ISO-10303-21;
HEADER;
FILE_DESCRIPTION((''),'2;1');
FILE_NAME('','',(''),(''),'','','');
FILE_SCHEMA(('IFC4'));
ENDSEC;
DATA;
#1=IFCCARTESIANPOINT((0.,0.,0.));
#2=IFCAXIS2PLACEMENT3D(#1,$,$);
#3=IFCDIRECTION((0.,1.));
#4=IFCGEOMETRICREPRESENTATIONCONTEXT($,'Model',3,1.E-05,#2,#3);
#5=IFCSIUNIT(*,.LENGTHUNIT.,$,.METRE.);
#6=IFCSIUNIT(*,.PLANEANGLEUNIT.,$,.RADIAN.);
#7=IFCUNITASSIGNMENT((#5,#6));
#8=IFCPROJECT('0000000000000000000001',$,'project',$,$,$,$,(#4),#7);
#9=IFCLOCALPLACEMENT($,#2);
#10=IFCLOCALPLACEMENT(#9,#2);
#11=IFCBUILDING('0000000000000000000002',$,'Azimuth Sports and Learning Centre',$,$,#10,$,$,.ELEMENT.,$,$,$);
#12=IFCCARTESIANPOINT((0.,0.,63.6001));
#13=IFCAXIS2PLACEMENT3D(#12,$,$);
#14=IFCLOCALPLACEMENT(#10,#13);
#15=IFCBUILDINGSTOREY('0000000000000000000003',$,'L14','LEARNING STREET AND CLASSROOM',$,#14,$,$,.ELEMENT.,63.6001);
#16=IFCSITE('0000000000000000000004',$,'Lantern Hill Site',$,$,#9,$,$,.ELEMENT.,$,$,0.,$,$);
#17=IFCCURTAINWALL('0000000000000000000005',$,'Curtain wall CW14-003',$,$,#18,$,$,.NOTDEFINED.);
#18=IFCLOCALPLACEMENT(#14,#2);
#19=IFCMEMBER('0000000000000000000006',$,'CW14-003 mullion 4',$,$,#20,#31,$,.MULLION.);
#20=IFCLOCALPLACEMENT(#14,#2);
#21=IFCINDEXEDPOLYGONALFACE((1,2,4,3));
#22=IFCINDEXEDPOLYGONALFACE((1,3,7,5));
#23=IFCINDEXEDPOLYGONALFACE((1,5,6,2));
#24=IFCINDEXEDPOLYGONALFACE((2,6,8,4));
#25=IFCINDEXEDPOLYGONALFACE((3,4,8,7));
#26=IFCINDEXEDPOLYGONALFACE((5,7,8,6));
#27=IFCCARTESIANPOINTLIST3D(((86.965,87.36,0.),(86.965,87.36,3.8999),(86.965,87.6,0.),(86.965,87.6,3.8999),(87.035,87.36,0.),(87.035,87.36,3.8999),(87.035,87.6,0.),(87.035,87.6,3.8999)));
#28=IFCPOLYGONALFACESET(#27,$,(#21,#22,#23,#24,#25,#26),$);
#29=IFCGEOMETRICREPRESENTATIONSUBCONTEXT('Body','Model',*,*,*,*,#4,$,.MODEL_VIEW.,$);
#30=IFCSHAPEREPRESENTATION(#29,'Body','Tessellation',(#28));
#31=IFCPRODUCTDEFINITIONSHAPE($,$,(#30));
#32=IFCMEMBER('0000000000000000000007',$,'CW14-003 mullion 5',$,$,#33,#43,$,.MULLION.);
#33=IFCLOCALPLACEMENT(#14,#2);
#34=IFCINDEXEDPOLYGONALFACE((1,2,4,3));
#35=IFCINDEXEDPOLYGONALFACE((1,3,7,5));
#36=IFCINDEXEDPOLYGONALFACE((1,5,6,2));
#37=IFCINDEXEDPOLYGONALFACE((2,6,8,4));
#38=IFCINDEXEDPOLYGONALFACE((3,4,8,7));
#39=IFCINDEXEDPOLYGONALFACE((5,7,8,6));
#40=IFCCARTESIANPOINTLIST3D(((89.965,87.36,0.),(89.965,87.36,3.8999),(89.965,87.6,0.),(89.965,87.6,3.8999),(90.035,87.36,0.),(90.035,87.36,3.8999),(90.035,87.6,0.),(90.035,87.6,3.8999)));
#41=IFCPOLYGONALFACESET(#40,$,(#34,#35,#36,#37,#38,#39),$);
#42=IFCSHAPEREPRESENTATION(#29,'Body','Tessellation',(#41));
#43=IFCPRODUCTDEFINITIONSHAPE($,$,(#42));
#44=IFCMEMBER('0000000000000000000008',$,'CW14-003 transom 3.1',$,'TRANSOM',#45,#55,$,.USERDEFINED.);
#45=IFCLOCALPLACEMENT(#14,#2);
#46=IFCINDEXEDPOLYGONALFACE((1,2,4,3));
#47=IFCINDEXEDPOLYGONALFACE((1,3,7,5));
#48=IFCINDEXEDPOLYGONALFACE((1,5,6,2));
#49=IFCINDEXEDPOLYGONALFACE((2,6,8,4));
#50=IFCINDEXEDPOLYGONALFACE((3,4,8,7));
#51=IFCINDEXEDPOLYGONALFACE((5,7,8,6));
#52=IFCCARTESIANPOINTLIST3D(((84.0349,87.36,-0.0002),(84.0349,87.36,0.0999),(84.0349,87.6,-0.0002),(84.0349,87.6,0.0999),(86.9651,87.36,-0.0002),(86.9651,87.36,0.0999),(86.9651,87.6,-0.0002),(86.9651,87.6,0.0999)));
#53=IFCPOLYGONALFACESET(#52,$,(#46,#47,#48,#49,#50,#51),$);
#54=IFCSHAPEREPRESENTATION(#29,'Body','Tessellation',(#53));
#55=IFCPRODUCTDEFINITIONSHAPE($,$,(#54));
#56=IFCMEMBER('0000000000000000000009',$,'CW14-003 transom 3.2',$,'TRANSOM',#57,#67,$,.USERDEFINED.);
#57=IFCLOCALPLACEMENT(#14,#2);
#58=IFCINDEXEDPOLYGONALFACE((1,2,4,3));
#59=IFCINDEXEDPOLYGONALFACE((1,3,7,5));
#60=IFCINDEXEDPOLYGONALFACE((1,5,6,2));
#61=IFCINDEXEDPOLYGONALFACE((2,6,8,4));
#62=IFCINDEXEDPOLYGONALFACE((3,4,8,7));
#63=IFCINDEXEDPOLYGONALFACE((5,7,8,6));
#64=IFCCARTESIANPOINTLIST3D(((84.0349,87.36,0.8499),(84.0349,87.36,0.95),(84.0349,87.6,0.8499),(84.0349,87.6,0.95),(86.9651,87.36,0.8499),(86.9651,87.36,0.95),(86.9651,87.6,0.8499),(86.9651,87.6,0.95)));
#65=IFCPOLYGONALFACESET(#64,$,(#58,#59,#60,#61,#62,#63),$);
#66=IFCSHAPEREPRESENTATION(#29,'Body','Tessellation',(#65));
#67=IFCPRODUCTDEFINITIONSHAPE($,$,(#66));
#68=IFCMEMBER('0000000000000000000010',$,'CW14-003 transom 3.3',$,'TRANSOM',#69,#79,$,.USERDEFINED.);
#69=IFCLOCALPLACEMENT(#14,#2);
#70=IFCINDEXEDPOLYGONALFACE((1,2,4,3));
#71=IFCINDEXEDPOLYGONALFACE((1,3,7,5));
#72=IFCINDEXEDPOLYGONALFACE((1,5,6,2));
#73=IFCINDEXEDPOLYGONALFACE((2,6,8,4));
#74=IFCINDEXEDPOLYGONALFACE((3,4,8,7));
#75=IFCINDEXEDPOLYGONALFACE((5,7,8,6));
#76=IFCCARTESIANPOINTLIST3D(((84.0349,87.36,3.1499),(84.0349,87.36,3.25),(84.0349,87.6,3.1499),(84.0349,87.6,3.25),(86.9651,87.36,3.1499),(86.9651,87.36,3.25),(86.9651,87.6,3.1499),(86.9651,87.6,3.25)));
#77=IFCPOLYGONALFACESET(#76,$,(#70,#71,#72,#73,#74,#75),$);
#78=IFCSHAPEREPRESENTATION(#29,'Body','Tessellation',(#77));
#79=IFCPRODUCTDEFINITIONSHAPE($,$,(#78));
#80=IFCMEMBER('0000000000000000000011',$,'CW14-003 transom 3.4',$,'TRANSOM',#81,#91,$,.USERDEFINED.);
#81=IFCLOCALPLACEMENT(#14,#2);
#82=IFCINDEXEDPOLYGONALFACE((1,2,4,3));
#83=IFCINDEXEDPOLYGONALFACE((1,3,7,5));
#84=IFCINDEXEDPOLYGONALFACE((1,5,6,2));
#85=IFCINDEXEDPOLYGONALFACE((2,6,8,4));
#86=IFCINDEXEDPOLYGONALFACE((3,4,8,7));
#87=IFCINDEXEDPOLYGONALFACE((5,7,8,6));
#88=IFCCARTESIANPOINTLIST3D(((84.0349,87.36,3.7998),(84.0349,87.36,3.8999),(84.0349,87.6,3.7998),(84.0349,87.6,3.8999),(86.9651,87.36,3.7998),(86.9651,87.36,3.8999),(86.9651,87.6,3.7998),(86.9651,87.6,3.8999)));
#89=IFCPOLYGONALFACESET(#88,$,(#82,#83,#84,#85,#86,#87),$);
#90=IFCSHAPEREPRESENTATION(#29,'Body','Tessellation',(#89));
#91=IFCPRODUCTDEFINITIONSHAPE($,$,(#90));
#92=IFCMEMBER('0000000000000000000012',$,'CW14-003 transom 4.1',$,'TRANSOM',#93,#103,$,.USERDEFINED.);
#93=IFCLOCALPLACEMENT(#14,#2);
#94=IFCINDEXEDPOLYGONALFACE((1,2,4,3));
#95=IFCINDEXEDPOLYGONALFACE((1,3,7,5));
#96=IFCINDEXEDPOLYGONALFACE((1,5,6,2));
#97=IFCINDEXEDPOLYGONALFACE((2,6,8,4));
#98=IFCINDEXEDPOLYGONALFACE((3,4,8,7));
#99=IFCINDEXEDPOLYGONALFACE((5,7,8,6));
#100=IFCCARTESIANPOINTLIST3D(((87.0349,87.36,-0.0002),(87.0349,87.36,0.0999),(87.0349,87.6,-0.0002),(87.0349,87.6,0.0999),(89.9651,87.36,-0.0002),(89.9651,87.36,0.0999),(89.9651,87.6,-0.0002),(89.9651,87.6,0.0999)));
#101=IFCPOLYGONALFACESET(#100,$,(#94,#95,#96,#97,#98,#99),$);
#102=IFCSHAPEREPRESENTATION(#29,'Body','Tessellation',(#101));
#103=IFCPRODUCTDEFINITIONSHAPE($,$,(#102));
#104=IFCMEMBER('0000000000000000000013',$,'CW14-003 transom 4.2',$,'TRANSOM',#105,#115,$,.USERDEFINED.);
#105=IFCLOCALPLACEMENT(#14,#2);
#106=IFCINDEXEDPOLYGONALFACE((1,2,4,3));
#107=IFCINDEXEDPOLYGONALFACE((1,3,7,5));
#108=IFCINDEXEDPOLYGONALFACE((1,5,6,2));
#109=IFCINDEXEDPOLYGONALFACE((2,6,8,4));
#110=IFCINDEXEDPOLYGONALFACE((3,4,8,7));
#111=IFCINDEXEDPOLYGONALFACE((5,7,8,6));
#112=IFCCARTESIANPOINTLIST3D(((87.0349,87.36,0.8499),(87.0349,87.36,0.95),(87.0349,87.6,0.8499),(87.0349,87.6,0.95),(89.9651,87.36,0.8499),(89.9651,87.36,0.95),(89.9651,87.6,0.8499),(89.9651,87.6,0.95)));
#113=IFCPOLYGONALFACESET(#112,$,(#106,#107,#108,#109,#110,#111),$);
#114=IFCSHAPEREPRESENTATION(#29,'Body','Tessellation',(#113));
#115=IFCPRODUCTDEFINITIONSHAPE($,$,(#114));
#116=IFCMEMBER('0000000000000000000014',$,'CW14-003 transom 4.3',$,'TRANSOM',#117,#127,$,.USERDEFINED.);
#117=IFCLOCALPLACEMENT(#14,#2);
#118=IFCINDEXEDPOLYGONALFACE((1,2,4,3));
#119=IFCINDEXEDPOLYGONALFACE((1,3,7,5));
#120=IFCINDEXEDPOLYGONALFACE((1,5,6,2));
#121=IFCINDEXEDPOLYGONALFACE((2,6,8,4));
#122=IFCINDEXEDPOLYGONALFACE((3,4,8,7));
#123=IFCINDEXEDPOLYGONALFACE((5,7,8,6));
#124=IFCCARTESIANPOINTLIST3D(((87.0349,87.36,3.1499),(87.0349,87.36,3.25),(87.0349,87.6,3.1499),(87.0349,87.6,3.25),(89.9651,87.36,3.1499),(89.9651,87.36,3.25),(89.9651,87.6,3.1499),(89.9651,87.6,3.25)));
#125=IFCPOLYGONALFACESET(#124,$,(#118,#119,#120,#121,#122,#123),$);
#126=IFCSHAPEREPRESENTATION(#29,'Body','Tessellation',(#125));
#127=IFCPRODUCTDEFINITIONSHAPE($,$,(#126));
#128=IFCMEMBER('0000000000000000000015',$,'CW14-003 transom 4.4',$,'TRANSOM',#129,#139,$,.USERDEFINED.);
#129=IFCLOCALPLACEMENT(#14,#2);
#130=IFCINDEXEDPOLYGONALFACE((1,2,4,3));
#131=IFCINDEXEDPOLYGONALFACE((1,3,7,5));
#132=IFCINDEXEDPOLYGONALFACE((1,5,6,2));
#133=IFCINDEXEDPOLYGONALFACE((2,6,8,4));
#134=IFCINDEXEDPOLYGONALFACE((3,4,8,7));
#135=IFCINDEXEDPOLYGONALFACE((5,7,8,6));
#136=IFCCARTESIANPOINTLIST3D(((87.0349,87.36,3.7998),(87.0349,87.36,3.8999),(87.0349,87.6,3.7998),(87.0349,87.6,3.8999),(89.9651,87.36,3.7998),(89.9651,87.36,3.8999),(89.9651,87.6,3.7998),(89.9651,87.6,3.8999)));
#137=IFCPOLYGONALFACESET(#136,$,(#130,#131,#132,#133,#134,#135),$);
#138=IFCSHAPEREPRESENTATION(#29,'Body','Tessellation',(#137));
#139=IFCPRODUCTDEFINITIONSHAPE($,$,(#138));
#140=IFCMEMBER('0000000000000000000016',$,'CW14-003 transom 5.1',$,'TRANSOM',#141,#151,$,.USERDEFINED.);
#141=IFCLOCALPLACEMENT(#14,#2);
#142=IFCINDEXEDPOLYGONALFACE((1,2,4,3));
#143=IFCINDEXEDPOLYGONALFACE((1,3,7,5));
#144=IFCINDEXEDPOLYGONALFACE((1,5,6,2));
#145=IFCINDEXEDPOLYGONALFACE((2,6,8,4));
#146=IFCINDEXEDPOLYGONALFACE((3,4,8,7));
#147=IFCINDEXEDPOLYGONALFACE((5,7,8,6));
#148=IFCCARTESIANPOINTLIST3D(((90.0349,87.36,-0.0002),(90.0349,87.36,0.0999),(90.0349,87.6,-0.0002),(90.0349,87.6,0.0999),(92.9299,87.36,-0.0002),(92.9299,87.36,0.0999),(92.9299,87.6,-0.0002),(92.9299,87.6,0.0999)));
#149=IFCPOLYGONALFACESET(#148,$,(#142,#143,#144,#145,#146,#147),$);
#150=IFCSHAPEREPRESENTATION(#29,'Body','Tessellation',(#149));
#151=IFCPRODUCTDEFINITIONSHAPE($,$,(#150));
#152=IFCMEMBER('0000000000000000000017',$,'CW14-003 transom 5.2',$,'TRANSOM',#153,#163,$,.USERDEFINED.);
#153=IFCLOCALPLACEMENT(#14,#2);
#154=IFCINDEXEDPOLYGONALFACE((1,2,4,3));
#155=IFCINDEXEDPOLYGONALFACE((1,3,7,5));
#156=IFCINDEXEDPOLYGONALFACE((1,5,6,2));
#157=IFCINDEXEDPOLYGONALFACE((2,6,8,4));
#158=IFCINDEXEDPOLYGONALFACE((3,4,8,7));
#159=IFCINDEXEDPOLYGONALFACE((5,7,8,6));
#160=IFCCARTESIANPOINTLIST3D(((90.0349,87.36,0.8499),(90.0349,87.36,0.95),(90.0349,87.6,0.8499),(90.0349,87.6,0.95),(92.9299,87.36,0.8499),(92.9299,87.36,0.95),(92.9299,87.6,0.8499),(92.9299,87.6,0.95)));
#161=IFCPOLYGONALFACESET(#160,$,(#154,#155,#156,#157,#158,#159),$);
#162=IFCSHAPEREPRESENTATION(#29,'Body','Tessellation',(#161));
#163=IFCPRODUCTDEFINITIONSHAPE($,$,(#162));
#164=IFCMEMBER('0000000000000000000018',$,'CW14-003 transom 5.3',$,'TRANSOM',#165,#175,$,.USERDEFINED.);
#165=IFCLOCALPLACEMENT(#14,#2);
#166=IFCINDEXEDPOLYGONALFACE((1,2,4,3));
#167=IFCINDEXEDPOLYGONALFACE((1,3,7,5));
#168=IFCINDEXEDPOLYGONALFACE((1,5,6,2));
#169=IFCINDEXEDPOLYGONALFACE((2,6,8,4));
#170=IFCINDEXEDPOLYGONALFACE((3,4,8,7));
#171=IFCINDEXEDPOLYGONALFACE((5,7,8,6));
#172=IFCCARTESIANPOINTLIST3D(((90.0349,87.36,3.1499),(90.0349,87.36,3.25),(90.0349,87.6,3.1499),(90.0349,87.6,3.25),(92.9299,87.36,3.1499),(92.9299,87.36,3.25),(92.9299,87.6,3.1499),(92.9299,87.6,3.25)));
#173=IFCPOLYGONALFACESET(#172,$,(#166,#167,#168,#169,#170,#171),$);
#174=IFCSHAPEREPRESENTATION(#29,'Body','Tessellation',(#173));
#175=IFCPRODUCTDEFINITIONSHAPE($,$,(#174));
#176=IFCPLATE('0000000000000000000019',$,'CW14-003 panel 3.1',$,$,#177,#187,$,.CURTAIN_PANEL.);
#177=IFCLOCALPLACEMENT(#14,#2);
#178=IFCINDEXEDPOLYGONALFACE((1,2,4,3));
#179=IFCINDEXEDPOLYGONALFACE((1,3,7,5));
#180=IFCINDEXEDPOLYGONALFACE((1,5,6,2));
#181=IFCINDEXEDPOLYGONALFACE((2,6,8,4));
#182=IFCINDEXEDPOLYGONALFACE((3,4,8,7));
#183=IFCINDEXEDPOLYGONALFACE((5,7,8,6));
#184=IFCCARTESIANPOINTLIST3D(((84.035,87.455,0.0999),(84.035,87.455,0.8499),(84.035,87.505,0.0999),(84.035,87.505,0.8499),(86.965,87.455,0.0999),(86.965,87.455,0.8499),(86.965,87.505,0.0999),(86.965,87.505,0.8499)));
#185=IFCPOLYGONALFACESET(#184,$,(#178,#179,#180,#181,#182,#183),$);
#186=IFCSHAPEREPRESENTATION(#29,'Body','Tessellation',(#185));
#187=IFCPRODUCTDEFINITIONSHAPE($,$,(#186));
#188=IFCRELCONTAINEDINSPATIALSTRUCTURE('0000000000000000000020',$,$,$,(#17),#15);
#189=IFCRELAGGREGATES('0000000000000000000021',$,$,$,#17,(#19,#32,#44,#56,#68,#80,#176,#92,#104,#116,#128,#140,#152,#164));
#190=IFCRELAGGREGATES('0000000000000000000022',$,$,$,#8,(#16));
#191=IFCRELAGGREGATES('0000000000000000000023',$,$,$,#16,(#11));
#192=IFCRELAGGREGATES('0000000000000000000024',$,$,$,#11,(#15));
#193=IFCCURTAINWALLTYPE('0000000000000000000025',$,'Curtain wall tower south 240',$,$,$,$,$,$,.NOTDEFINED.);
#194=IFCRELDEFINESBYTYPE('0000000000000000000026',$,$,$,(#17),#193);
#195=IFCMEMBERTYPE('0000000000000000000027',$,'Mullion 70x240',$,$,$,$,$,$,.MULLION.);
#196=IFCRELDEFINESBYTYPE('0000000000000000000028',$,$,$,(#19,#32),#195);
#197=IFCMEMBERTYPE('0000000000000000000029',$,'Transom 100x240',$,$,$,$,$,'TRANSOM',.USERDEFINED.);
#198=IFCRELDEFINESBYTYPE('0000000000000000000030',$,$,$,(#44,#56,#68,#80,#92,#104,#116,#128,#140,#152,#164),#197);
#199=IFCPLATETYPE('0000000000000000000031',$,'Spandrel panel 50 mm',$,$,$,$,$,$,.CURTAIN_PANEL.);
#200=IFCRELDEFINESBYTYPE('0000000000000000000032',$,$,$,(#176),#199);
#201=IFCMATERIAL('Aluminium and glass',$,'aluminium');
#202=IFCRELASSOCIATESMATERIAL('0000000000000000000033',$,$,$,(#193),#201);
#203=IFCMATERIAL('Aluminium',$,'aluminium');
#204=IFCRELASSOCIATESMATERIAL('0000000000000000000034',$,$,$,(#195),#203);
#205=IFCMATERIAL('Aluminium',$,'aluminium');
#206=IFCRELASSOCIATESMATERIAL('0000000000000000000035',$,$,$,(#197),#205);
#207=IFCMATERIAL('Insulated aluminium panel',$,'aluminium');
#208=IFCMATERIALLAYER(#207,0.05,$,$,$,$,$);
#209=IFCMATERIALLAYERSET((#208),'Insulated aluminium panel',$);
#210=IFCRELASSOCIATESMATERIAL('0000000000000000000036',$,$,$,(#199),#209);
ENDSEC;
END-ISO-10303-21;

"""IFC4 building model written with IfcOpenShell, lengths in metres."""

from ifc_helpers import new_model, si_unit, direction, frame, origin, origin_2d, place, context, subcontext, project, spatial, rectangle, extrude, material, layer, layer_set, material_profile, profile_set, type_object, element, aggregate, save


model = new_model("IFC4")

# Units and contexts
model_context = context("Model", 3, precision=1e-05, world=origin(), true_north=direction((0.0, 1.0)))
body_context = subcontext(model_context, "Body", "Model", "MODEL_VIEW")
ifc_project = project(units=[si_unit("LENGTHUNIT", "METRE"), si_unit("PLANEANGLEUNIT", "RADIAN")], contexts=[model_context])

# Site, building, storey
site_placement = place(None, origin())
site = spatial("IfcSite", under=ifc_project, at=site_placement, Name="Lantern Hill Site", CompositionType="ELEMENT", RefElevation=0.0)
building_placement = place(site_placement, origin())
building = spatial("IfcBuilding", under=site, at=building_placement, Name="Azimuth Sports and Learning Centre", CompositionType="ELEMENT")
storey_placement = place(building_placement, frame((0.0, 0.0, 63.6001)))
storey = spatial("IfcBuildingStorey", under=building, at=storey_placement, Name="L14", Description="LEARNING STREET AND CLASSROOM", CompositionType="ELEMENT", Elevation=63.6001)

# Curtain wall, members, plate
ifc_material_1 = material(Name="Aluminium and glass", Category="aluminium")
curtain_wall_type = type_object("IfcCurtainWallType", Name="Curtain wall tower south 240", PredefinedType="NOTDEFINED", material=ifc_material_1)
curtain_wall_placement = place(storey_placement, origin())
curtain_wall = element("IfcCurtainWall", 1, at=curtain_wall_placement, inside=storey, type_object=curtain_wall_type, Name="Curtain wall CW14-003", PredefinedType="NOTDEFINED")
ifc_material_2 = material(Name="Aluminium", Category="aluminium")
ifc_material_profile_1 = material_profile(ifc_material_2, rectangle(XDim=0.24, YDim=0.0701, at=origin_2d()), Name="Mullion 70x240")
ifc_profile_set_1 = profile_set([ifc_material_profile_1], Name="Aluminium")
member_type_1 = type_object("IfcMemberType", Name="Mullion 70x240", PredefinedType="MULLION", material=ifc_profile_set_1)
member_1_placement = place(storey_placement, frame((87.0, 87.48, 0.0), z_axis=(0.0, 0.0, 1.0), x_axis=(0.0, 1.0, 0.0)))
member_1 = element("IfcMember", 2, at=member_1_placement, type_object=member_type_1, Name="CW14-003 mullion 4", PredefinedType="MULLION", context=body_context, shape_type="SweptSolid", body=[
    extrude(rectangle(XDim=0.24, YDim=0.0701, at=origin_2d()), origin(), (0.0, 0.0, 1.0), 3.8999),
])
member_2_placement = place(storey_placement, frame((90.0, 87.48, 0.0), z_axis=(0.0, 0.0, 1.0), x_axis=(0.0, 1.0, 0.0)))
member_2 = element("IfcMember", 3, at=member_2_placement, type_object=member_type_1, Name="CW14-003 mullion 5", PredefinedType="MULLION", context=body_context, shape_type="SweptSolid", body=[
    extrude(rectangle(XDim=0.24, YDim=0.0701, at=origin_2d()), origin(), (0.0, 0.0, 1.0), 3.8999),
])
ifc_material_3 = material(Name="Aluminium", Category="aluminium")
ifc_material_profile_2 = material_profile(ifc_material_3, rectangle(XDim=0.24, YDim=0.1001, at=origin_2d()), Name="Transom 100x240")
ifc_profile_set_2 = profile_set([ifc_material_profile_2], Name="Aluminium")
member_type_2 = type_object("IfcMemberType", Name="Transom 100x240", ElementType="TRANSOM", PredefinedType="USERDEFINED", material=ifc_profile_set_2)
member_3_placement = place(storey_placement, frame((84.0349, 87.48, 0.0498), z_axis=(1.0, 0.0, 0.0), x_axis=(0.0, 1.0, 0.0)))
member_3 = element("IfcMember", 4, at=member_3_placement, type_object=member_type_2, Name="CW14-003 transom 3.1", ObjectType="TRANSOM", PredefinedType="USERDEFINED", context=body_context, shape_type="SweptSolid", body=[
    extrude(rectangle(XDim=0.24, YDim=0.1001, at=origin_2d()), origin(), (0.0, 0.0, 1.0), 2.9302),
])
member_4_placement = place(storey_placement, frame((84.0349, 87.48, 0.8999), z_axis=(1.0, 0.0, 0.0), x_axis=(0.0, 1.0, 0.0)))
member_4 = element("IfcMember", 5, at=member_4_placement, type_object=member_type_2, Name="CW14-003 transom 3.2", ObjectType="TRANSOM", PredefinedType="USERDEFINED", context=body_context, shape_type="SweptSolid", body=[
    extrude(rectangle(XDim=0.24, YDim=0.1001, at=origin_2d()), origin(), (0.0, 0.0, 1.0), 2.9302),
])
member_5_placement = place(storey_placement, frame((84.0349, 87.48, 3.2), z_axis=(1.0, 0.0, 0.0), x_axis=(0.0, 1.0, 0.0)))
member_5 = element("IfcMember", 6, at=member_5_placement, type_object=member_type_2, Name="CW14-003 transom 3.3", ObjectType="TRANSOM", PredefinedType="USERDEFINED", context=body_context, shape_type="SweptSolid", body=[
    extrude(rectangle(XDim=0.24, YDim=0.1001, at=origin_2d()), origin(), (0.0, 0.0, 1.0), 2.9302),
])
member_6_placement = place(storey_placement, frame((84.0349, 87.48, 3.8499), z_axis=(1.0, 0.0, 0.0), x_axis=(0.0, 1.0, 0.0)))
member_6 = element("IfcMember", 7, at=member_6_placement, type_object=member_type_2, Name="CW14-003 transom 3.4", ObjectType="TRANSOM", PredefinedType="USERDEFINED", context=body_context, shape_type="SweptSolid", body=[
    extrude(rectangle(XDim=0.24, YDim=0.1001, at=origin_2d()), origin(), (0.0, 0.0, 1.0), 2.9302),
])
member_7_placement = place(storey_placement, frame((87.0349, 87.48, 0.0498), z_axis=(1.0, 0.0, 0.0), x_axis=(0.0, 1.0, 0.0)))
member_7 = element("IfcMember", 8, at=member_7_placement, type_object=member_type_2, Name="CW14-003 transom 4.1", ObjectType="TRANSOM", PredefinedType="USERDEFINED", context=body_context, shape_type="SweptSolid", body=[
    extrude(rectangle(XDim=0.24, YDim=0.1001, at=origin_2d()), origin(), (0.0, 0.0, 1.0), 2.9302),
])
member_8_placement = place(storey_placement, frame((87.0349, 87.48, 0.8999), z_axis=(1.0, 0.0, 0.0), x_axis=(0.0, 1.0, 0.0)))
member_8 = element("IfcMember", 9, at=member_8_placement, type_object=member_type_2, Name="CW14-003 transom 4.2", ObjectType="TRANSOM", PredefinedType="USERDEFINED", context=body_context, shape_type="SweptSolid", body=[
    extrude(rectangle(XDim=0.24, YDim=0.1001, at=origin_2d()), origin(), (0.0, 0.0, 1.0), 2.9302),
])
member_9_placement = place(storey_placement, frame((87.0349, 87.48, 3.2), z_axis=(1.0, 0.0, 0.0), x_axis=(0.0, 1.0, 0.0)))
member_9 = element("IfcMember", 10, at=member_9_placement, type_object=member_type_2, Name="CW14-003 transom 4.3", ObjectType="TRANSOM", PredefinedType="USERDEFINED", context=body_context, shape_type="SweptSolid", body=[
    extrude(rectangle(XDim=0.24, YDim=0.1001, at=origin_2d()), origin(), (0.0, 0.0, 1.0), 2.9302),
])
member_10_placement = place(storey_placement, frame((87.0349, 87.48, 3.8499), z_axis=(1.0, 0.0, 0.0), x_axis=(0.0, 1.0, 0.0)))
member_10 = element("IfcMember", 11, at=member_10_placement, type_object=member_type_2, Name="CW14-003 transom 4.4", ObjectType="TRANSOM", PredefinedType="USERDEFINED", context=body_context, shape_type="SweptSolid", body=[
    extrude(rectangle(XDim=0.24, YDim=0.1001, at=origin_2d()), origin(), (0.0, 0.0, 1.0), 2.9302),
])
member_11_placement = place(storey_placement, frame((90.0349, 87.48, 0.0498), z_axis=(1.0, 0.0, 0.0), x_axis=(0.0, 1.0, 0.0)))
member_11 = element("IfcMember", 12, at=member_11_placement, type_object=member_type_2, Name="CW14-003 transom 5.1", ObjectType="TRANSOM", PredefinedType="USERDEFINED", context=body_context, shape_type="SweptSolid", body=[
    extrude(rectangle(XDim=0.24, YDim=0.1001, at=origin_2d()), origin(), (0.0, 0.0, 1.0), 2.895),
])
member_12_placement = place(storey_placement, frame((90.0349, 87.48, 0.8999), z_axis=(1.0, 0.0, 0.0), x_axis=(0.0, 1.0, 0.0)))
member_12 = element("IfcMember", 13, at=member_12_placement, type_object=member_type_2, Name="CW14-003 transom 5.2", ObjectType="TRANSOM", PredefinedType="USERDEFINED", context=body_context, shape_type="SweptSolid", body=[
    extrude(rectangle(XDim=0.24, YDim=0.1001, at=origin_2d()), origin(), (0.0, 0.0, 1.0), 2.895),
])
member_13_placement = place(storey_placement, frame((90.0349, 87.48, 3.2), z_axis=(1.0, 0.0, 0.0), x_axis=(0.0, 1.0, 0.0)))
member_13 = element("IfcMember", 14, at=member_13_placement, type_object=member_type_2, Name="CW14-003 transom 5.3", ObjectType="TRANSOM", PredefinedType="USERDEFINED", context=body_context, shape_type="SweptSolid", body=[
    extrude(rectangle(XDim=0.24, YDim=0.1001, at=origin_2d()), origin(), (0.0, 0.0, 1.0), 2.895),
])
ifc_material_4 = material(Name="Insulated aluminium panel", Category="aluminium")
ifc_layer_1 = layer(ifc_material_4, 0.05)
ifc_layer_set_1 = layer_set([ifc_layer_1], Name="Insulated aluminium panel")
plate_type_1 = type_object("IfcPlateType", Name="Spandrel panel 50 mm", PredefinedType="CURTAIN_PANEL", material=ifc_layer_set_1)
plate_1_placement = place(storey_placement, frame((85.5, 87.48, 0.0999), z_axis=(0.0, 0.0, 1.0), x_axis=(1.0, 0.0, 0.0)))
plate_1 = element("IfcPlate", 15, at=plate_1_placement, type_object=plate_type_1, Name="CW14-003 panel 3.1", PredefinedType="CURTAIN_PANEL", context=body_context, shape_type="SweptSolid", body=[
    extrude(rectangle(XDim=2.9299, YDim=0.05, at=origin_2d()), origin(), (0.0, 0.0, 1.0), 0.75),
])
aggregate(curtain_wall, [member_1, member_2, member_3, member_4, member_5, member_6, plate_1, member_7, member_8, member_9, member_10, member_11, member_12, member_13])

save(model, "model.ifc")
